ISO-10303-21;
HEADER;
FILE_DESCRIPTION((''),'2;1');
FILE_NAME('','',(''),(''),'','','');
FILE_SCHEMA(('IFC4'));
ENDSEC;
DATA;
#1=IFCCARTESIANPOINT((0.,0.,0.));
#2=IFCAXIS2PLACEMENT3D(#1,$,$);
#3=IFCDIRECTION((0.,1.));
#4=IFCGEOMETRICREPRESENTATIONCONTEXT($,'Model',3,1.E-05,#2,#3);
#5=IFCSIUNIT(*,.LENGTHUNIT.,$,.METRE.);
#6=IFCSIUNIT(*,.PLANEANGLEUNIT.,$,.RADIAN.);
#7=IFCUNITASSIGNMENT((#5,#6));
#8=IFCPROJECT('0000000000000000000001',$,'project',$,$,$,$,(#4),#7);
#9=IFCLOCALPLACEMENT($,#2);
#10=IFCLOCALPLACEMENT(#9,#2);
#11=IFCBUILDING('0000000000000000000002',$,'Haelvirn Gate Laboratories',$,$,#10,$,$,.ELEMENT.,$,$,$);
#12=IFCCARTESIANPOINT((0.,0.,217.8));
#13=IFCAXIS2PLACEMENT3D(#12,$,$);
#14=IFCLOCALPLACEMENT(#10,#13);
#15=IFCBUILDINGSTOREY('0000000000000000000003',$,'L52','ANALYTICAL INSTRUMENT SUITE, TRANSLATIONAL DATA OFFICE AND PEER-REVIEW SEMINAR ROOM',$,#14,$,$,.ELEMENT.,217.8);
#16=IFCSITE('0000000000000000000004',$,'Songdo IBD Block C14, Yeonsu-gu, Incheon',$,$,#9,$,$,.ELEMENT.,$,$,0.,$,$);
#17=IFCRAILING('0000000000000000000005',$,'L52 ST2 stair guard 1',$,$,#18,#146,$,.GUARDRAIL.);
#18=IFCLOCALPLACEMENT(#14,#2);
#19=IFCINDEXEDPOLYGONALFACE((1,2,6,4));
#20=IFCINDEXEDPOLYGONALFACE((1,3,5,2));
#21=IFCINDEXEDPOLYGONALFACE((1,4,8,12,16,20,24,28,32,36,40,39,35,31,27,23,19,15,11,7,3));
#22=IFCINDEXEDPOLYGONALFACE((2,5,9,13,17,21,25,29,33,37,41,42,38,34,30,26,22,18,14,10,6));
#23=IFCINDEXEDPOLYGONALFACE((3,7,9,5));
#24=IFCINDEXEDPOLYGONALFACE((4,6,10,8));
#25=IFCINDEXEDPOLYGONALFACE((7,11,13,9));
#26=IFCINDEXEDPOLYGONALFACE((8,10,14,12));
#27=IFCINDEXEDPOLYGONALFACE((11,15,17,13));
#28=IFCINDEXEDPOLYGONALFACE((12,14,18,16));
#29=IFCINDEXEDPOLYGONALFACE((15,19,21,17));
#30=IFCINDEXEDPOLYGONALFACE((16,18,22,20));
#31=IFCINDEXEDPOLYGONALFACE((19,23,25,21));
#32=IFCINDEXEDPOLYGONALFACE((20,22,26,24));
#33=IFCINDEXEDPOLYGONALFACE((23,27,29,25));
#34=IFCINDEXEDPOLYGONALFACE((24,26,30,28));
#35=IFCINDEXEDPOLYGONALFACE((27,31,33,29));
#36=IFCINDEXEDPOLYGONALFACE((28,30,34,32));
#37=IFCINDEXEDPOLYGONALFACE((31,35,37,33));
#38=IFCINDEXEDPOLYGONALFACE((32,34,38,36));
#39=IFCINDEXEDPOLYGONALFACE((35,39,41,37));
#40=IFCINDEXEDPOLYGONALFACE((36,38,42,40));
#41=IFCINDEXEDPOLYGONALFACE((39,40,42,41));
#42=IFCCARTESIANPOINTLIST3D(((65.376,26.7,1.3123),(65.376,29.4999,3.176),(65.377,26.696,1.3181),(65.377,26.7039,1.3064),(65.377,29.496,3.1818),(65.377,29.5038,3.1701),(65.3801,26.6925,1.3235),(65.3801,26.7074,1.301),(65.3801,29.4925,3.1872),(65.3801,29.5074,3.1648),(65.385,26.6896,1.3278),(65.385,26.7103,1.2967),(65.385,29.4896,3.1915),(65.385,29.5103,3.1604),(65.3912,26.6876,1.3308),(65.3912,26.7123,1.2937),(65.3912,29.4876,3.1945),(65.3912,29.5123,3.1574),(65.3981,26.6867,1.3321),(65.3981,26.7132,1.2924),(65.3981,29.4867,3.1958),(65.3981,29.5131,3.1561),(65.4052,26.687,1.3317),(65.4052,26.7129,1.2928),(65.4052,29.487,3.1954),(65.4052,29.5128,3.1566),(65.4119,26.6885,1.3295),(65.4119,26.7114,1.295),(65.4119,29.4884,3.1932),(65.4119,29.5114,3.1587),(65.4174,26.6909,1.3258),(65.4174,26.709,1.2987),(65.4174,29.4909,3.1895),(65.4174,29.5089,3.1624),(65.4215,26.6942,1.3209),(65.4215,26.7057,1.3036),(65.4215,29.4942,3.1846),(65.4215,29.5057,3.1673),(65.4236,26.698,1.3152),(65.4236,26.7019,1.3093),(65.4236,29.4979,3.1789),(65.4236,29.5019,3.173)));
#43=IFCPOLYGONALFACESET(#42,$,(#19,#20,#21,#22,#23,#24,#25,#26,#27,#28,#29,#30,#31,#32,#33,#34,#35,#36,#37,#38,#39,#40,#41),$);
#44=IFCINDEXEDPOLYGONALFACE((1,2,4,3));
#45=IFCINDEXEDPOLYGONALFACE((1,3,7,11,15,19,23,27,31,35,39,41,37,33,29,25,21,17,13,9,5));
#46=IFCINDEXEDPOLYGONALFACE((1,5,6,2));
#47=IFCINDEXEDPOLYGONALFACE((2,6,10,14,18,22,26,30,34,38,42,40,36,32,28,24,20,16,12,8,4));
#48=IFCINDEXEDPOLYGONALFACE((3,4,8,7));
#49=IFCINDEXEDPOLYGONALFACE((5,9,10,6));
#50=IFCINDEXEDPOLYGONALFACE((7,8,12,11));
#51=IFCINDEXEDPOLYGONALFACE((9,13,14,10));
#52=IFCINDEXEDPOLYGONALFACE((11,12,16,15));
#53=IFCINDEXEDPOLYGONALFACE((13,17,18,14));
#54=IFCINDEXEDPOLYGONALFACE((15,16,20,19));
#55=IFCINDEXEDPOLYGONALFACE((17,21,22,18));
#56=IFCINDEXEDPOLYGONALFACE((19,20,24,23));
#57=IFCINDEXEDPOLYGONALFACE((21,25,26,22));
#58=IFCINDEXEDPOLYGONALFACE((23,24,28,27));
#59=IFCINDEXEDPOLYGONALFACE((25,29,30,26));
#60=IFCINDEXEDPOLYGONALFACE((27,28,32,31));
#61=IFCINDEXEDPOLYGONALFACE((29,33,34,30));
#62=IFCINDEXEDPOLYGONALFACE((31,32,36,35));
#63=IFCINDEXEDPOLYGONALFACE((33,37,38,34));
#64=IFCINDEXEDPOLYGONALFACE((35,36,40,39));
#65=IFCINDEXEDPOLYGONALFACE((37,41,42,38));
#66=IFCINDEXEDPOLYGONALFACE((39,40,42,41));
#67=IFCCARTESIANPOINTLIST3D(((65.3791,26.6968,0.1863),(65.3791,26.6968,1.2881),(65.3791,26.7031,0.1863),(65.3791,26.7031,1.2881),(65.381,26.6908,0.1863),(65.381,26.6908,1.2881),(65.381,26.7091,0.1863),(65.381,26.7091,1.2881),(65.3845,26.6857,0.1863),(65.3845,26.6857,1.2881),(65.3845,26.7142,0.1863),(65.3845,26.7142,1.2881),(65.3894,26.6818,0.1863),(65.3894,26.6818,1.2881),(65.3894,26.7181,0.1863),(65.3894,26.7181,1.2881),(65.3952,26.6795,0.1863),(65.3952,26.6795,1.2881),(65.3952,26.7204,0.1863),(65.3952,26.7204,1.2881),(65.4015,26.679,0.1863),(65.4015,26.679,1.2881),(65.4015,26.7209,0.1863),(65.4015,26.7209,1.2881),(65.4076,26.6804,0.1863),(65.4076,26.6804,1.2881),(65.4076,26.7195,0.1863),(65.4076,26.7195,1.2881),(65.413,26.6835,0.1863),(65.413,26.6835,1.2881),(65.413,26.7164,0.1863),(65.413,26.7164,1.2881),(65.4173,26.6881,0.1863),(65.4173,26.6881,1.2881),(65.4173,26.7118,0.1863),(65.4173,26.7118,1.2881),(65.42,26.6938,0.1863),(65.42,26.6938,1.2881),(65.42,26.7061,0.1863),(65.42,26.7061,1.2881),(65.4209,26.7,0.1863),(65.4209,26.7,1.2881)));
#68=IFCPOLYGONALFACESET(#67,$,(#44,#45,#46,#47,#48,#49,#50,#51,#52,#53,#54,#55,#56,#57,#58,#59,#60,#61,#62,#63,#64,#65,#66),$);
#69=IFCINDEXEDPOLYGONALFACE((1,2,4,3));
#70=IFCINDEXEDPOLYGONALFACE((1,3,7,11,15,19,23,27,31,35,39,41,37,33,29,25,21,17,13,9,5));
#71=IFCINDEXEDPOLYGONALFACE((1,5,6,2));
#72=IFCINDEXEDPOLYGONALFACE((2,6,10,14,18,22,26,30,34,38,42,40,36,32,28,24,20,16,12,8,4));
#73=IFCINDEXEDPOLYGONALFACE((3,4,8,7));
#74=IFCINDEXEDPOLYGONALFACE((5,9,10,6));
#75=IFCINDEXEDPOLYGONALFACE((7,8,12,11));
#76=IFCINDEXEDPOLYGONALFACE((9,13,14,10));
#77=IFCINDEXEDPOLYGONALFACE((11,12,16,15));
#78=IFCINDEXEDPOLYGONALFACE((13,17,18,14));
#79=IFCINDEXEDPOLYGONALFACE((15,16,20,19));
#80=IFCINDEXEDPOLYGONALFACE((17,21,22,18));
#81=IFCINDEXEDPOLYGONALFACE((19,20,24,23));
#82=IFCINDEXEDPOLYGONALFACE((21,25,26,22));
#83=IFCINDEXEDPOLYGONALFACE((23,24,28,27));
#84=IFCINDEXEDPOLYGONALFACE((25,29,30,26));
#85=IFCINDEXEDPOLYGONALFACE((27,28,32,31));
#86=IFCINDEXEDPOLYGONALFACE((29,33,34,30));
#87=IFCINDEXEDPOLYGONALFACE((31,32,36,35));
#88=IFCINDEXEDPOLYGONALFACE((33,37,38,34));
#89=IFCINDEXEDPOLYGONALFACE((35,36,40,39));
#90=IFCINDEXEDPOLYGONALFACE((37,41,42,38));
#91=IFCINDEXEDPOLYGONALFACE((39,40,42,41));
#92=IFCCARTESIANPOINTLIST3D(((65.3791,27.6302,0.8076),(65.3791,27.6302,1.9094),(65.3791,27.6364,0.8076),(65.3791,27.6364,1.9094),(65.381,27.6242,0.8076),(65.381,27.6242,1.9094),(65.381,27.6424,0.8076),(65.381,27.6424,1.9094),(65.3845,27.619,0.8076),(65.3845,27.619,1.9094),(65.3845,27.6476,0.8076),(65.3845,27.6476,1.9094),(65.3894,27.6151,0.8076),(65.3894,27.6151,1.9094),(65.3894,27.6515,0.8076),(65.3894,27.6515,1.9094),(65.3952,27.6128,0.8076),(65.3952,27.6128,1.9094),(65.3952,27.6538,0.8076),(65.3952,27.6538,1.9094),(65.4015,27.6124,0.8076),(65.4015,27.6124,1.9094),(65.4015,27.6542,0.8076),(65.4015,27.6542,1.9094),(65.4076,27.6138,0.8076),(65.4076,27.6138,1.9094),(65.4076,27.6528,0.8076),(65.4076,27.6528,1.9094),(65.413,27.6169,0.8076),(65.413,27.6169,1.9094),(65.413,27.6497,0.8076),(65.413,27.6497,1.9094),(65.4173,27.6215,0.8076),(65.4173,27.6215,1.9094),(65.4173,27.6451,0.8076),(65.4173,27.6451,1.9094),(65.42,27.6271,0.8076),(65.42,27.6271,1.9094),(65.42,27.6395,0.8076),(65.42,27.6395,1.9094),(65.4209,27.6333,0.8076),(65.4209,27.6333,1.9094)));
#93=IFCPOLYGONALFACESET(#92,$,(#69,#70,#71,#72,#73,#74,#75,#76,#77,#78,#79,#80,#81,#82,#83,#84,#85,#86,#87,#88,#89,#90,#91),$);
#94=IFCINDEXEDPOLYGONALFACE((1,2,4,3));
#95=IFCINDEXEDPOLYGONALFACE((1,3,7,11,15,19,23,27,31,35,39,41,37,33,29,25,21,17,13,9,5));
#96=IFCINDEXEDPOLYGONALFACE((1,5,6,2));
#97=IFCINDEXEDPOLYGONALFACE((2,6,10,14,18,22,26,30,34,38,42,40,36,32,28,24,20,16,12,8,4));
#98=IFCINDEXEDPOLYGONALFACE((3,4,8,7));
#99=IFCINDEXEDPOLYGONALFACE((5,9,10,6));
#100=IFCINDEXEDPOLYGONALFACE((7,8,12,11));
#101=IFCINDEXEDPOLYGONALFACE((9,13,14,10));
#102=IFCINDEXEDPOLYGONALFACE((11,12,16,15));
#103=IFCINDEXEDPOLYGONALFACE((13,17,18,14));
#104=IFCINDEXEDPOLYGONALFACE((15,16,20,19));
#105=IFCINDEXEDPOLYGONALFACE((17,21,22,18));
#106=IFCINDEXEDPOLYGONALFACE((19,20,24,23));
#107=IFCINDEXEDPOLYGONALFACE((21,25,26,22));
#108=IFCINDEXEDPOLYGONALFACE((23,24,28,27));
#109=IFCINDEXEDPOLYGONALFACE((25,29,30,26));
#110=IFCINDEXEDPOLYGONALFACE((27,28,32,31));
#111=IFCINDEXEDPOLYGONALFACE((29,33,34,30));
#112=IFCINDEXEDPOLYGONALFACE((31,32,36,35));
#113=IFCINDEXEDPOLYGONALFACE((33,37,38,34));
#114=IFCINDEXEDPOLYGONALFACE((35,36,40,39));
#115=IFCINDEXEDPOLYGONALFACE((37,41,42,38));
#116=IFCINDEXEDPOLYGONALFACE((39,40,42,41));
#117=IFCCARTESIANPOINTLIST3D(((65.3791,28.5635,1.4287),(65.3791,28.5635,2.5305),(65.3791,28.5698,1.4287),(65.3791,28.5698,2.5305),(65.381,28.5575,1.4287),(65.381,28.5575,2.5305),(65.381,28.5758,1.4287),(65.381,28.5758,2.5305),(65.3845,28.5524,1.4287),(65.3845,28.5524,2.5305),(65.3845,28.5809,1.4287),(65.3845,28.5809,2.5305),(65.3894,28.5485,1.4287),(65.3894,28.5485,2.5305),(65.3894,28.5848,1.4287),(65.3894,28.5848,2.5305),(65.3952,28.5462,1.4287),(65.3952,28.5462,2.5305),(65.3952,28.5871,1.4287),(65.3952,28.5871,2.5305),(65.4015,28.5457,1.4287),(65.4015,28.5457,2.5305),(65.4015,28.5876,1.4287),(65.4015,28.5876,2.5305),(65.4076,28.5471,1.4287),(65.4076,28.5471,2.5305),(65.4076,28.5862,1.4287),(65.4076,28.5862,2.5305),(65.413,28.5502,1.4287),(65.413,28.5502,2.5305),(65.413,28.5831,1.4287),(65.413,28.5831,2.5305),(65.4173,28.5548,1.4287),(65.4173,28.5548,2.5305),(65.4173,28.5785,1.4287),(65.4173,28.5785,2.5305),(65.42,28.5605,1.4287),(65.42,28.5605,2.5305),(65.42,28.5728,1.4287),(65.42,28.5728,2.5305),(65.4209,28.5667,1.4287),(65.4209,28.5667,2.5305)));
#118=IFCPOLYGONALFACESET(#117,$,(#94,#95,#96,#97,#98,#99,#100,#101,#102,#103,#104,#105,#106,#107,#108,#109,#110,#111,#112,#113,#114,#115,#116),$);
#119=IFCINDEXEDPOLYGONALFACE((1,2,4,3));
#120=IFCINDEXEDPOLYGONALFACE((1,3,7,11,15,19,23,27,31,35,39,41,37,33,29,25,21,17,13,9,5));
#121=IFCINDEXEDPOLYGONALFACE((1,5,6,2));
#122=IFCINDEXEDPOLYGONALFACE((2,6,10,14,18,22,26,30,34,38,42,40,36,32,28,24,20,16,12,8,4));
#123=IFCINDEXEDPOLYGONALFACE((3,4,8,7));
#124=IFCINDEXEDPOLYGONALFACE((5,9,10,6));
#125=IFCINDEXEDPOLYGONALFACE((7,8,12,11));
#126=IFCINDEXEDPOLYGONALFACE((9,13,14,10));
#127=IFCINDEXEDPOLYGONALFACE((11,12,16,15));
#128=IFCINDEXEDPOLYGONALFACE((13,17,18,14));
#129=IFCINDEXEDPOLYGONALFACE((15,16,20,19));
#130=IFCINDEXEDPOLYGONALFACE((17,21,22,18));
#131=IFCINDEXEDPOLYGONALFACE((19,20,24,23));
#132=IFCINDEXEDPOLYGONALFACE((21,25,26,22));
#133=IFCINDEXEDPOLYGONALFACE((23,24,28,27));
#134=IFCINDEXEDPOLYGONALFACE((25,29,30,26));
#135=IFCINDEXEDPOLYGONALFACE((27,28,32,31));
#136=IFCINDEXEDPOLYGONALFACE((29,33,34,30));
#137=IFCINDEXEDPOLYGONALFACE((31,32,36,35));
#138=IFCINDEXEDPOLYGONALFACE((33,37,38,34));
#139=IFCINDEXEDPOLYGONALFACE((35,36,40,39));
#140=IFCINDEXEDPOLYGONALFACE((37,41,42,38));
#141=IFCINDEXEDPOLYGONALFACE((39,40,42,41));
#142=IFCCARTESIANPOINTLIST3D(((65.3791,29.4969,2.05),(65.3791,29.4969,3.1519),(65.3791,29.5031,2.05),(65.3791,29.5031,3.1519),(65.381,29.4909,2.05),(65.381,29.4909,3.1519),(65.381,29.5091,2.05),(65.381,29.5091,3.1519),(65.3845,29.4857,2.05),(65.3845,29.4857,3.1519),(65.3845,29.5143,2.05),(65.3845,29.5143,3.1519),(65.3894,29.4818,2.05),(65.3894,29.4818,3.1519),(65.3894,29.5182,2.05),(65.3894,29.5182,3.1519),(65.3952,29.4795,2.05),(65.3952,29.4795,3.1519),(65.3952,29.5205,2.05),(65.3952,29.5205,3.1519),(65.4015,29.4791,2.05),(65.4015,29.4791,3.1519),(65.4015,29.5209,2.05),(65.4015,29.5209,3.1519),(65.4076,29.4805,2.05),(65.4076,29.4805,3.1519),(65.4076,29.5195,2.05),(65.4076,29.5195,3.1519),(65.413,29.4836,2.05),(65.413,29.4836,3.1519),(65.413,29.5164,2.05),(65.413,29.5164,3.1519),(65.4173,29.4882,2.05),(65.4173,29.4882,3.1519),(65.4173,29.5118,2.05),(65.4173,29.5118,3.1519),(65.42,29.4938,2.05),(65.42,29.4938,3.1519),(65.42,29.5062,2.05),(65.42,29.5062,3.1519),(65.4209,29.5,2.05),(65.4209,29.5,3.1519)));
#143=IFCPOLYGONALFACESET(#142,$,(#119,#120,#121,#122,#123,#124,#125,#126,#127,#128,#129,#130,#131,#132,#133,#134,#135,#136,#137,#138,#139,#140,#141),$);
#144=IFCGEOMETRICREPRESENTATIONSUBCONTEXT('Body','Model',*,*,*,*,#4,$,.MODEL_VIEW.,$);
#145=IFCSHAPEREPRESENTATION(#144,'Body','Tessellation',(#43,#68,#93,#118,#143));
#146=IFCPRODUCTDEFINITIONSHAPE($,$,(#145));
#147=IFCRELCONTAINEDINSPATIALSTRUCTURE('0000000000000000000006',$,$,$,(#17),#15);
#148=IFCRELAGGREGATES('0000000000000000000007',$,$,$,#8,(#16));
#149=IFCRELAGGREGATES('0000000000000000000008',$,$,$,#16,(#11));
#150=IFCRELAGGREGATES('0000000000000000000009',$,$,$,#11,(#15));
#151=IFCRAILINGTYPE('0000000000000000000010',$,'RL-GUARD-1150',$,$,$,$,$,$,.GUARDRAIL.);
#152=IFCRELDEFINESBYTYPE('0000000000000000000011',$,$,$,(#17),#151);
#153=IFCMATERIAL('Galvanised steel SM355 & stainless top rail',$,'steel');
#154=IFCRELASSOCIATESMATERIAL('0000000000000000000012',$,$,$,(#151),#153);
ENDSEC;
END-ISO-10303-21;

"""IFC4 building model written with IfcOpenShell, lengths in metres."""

from ifc_helpers import new_model, si_unit, direction, frame, origin, origin_2d, place, context, subcontext, project, spatial, circle, extrude, source, transform, mapped, material, type_object, element, save


model = new_model("IFC4")

# Units and contexts
model_context = context("Model", 3, precision=1e-05, world=origin(), true_north=direction((0.0, 1.0)))
body_context = subcontext(model_context, "Body", "Model", "MODEL_VIEW")
ifc_project = project(units=[si_unit("LENGTHUNIT", "METRE"), si_unit("PLANEANGLEUNIT", "RADIAN")], contexts=[model_context])

# Site, building, storey
site_placement = place(None, origin())
site = spatial("IfcSite", under=ifc_project, at=site_placement, Name="Songdo IBD Block C14, Yeonsu-gu, Incheon", CompositionType="ELEMENT", RefElevation=0.0)
building_placement = place(site_placement, origin())
building = spatial("IfcBuilding", under=site, at=building_placement, Name="Haelvirn Gate Laboratories", CompositionType="ELEMENT")
storey_placement = place(building_placement, frame((0.0, 0.0, 217.8)))
storey = spatial("IfcBuildingStorey", under=building, at=storey_placement, Name="L52", Description="ANALYTICAL INSTRUMENT SUITE, TRANSLATIONAL DATA OFFICE AND PEER-REVIEW SEMINAR ROOM", CompositionType="ELEMENT", Elevation=217.8)

# Railing
ifc_material_1 = material(Name="Galvanised steel SM355 & stainless top rail", Category="steel")
railing_type_1 = type_object("IfcRailingType", Name="RL-GUARD-1150", PredefinedType="GUARDRAIL", material=ifc_material_1)
shared_shape_1 = source(origin(), body_context, "Body", "SweptSolid", [
    extrude(circle(Radius=0.0239, at=origin_2d()), frame((0.0, 0.0, 1.126), z_axis=(0.0, 0.832452, 0.554097), x_axis=(-1.0, 0.0, 0.0)), (0.0, 0.0, 1.0), 3.3635),
    extrude(circle(Radius=0.021, at=origin_2d()), origin(), (0.0, 0.0, 1.0), 1.1018),
    extrude(circle(Radius=0.021, at=origin_2d()), frame((0.0, 0.9333, 0.6213)), (0.0, 0.0, 1.0), 1.1018),
    extrude(circle(Radius=0.021, at=origin_2d()), frame((0.0, 1.8667, 1.2424)), (0.0, 0.0, 1.0), 1.1018),
    extrude(circle(Radius=0.021, at=origin_2d()), frame((0.0, 2.8, 1.8638)), (0.0, 0.0, 1.0), 1.1018),
])
railing_1_placement = place(storey_placement, frame((65.3999, 26.7, 0.1863)))
element("IfcRailing", 1, at=railing_1_placement, inside=storey, type_object=railing_type_1, Name="L52 ST2 stair guard 1", PredefinedType="GUARDRAIL", context=body_context, shape_type="MappedRepresentation", body=[
    mapped(shared_shape_1, transform((0.0, 0.0, 0.0), scale=1.0)),
])

save(model, "model.ifc")
